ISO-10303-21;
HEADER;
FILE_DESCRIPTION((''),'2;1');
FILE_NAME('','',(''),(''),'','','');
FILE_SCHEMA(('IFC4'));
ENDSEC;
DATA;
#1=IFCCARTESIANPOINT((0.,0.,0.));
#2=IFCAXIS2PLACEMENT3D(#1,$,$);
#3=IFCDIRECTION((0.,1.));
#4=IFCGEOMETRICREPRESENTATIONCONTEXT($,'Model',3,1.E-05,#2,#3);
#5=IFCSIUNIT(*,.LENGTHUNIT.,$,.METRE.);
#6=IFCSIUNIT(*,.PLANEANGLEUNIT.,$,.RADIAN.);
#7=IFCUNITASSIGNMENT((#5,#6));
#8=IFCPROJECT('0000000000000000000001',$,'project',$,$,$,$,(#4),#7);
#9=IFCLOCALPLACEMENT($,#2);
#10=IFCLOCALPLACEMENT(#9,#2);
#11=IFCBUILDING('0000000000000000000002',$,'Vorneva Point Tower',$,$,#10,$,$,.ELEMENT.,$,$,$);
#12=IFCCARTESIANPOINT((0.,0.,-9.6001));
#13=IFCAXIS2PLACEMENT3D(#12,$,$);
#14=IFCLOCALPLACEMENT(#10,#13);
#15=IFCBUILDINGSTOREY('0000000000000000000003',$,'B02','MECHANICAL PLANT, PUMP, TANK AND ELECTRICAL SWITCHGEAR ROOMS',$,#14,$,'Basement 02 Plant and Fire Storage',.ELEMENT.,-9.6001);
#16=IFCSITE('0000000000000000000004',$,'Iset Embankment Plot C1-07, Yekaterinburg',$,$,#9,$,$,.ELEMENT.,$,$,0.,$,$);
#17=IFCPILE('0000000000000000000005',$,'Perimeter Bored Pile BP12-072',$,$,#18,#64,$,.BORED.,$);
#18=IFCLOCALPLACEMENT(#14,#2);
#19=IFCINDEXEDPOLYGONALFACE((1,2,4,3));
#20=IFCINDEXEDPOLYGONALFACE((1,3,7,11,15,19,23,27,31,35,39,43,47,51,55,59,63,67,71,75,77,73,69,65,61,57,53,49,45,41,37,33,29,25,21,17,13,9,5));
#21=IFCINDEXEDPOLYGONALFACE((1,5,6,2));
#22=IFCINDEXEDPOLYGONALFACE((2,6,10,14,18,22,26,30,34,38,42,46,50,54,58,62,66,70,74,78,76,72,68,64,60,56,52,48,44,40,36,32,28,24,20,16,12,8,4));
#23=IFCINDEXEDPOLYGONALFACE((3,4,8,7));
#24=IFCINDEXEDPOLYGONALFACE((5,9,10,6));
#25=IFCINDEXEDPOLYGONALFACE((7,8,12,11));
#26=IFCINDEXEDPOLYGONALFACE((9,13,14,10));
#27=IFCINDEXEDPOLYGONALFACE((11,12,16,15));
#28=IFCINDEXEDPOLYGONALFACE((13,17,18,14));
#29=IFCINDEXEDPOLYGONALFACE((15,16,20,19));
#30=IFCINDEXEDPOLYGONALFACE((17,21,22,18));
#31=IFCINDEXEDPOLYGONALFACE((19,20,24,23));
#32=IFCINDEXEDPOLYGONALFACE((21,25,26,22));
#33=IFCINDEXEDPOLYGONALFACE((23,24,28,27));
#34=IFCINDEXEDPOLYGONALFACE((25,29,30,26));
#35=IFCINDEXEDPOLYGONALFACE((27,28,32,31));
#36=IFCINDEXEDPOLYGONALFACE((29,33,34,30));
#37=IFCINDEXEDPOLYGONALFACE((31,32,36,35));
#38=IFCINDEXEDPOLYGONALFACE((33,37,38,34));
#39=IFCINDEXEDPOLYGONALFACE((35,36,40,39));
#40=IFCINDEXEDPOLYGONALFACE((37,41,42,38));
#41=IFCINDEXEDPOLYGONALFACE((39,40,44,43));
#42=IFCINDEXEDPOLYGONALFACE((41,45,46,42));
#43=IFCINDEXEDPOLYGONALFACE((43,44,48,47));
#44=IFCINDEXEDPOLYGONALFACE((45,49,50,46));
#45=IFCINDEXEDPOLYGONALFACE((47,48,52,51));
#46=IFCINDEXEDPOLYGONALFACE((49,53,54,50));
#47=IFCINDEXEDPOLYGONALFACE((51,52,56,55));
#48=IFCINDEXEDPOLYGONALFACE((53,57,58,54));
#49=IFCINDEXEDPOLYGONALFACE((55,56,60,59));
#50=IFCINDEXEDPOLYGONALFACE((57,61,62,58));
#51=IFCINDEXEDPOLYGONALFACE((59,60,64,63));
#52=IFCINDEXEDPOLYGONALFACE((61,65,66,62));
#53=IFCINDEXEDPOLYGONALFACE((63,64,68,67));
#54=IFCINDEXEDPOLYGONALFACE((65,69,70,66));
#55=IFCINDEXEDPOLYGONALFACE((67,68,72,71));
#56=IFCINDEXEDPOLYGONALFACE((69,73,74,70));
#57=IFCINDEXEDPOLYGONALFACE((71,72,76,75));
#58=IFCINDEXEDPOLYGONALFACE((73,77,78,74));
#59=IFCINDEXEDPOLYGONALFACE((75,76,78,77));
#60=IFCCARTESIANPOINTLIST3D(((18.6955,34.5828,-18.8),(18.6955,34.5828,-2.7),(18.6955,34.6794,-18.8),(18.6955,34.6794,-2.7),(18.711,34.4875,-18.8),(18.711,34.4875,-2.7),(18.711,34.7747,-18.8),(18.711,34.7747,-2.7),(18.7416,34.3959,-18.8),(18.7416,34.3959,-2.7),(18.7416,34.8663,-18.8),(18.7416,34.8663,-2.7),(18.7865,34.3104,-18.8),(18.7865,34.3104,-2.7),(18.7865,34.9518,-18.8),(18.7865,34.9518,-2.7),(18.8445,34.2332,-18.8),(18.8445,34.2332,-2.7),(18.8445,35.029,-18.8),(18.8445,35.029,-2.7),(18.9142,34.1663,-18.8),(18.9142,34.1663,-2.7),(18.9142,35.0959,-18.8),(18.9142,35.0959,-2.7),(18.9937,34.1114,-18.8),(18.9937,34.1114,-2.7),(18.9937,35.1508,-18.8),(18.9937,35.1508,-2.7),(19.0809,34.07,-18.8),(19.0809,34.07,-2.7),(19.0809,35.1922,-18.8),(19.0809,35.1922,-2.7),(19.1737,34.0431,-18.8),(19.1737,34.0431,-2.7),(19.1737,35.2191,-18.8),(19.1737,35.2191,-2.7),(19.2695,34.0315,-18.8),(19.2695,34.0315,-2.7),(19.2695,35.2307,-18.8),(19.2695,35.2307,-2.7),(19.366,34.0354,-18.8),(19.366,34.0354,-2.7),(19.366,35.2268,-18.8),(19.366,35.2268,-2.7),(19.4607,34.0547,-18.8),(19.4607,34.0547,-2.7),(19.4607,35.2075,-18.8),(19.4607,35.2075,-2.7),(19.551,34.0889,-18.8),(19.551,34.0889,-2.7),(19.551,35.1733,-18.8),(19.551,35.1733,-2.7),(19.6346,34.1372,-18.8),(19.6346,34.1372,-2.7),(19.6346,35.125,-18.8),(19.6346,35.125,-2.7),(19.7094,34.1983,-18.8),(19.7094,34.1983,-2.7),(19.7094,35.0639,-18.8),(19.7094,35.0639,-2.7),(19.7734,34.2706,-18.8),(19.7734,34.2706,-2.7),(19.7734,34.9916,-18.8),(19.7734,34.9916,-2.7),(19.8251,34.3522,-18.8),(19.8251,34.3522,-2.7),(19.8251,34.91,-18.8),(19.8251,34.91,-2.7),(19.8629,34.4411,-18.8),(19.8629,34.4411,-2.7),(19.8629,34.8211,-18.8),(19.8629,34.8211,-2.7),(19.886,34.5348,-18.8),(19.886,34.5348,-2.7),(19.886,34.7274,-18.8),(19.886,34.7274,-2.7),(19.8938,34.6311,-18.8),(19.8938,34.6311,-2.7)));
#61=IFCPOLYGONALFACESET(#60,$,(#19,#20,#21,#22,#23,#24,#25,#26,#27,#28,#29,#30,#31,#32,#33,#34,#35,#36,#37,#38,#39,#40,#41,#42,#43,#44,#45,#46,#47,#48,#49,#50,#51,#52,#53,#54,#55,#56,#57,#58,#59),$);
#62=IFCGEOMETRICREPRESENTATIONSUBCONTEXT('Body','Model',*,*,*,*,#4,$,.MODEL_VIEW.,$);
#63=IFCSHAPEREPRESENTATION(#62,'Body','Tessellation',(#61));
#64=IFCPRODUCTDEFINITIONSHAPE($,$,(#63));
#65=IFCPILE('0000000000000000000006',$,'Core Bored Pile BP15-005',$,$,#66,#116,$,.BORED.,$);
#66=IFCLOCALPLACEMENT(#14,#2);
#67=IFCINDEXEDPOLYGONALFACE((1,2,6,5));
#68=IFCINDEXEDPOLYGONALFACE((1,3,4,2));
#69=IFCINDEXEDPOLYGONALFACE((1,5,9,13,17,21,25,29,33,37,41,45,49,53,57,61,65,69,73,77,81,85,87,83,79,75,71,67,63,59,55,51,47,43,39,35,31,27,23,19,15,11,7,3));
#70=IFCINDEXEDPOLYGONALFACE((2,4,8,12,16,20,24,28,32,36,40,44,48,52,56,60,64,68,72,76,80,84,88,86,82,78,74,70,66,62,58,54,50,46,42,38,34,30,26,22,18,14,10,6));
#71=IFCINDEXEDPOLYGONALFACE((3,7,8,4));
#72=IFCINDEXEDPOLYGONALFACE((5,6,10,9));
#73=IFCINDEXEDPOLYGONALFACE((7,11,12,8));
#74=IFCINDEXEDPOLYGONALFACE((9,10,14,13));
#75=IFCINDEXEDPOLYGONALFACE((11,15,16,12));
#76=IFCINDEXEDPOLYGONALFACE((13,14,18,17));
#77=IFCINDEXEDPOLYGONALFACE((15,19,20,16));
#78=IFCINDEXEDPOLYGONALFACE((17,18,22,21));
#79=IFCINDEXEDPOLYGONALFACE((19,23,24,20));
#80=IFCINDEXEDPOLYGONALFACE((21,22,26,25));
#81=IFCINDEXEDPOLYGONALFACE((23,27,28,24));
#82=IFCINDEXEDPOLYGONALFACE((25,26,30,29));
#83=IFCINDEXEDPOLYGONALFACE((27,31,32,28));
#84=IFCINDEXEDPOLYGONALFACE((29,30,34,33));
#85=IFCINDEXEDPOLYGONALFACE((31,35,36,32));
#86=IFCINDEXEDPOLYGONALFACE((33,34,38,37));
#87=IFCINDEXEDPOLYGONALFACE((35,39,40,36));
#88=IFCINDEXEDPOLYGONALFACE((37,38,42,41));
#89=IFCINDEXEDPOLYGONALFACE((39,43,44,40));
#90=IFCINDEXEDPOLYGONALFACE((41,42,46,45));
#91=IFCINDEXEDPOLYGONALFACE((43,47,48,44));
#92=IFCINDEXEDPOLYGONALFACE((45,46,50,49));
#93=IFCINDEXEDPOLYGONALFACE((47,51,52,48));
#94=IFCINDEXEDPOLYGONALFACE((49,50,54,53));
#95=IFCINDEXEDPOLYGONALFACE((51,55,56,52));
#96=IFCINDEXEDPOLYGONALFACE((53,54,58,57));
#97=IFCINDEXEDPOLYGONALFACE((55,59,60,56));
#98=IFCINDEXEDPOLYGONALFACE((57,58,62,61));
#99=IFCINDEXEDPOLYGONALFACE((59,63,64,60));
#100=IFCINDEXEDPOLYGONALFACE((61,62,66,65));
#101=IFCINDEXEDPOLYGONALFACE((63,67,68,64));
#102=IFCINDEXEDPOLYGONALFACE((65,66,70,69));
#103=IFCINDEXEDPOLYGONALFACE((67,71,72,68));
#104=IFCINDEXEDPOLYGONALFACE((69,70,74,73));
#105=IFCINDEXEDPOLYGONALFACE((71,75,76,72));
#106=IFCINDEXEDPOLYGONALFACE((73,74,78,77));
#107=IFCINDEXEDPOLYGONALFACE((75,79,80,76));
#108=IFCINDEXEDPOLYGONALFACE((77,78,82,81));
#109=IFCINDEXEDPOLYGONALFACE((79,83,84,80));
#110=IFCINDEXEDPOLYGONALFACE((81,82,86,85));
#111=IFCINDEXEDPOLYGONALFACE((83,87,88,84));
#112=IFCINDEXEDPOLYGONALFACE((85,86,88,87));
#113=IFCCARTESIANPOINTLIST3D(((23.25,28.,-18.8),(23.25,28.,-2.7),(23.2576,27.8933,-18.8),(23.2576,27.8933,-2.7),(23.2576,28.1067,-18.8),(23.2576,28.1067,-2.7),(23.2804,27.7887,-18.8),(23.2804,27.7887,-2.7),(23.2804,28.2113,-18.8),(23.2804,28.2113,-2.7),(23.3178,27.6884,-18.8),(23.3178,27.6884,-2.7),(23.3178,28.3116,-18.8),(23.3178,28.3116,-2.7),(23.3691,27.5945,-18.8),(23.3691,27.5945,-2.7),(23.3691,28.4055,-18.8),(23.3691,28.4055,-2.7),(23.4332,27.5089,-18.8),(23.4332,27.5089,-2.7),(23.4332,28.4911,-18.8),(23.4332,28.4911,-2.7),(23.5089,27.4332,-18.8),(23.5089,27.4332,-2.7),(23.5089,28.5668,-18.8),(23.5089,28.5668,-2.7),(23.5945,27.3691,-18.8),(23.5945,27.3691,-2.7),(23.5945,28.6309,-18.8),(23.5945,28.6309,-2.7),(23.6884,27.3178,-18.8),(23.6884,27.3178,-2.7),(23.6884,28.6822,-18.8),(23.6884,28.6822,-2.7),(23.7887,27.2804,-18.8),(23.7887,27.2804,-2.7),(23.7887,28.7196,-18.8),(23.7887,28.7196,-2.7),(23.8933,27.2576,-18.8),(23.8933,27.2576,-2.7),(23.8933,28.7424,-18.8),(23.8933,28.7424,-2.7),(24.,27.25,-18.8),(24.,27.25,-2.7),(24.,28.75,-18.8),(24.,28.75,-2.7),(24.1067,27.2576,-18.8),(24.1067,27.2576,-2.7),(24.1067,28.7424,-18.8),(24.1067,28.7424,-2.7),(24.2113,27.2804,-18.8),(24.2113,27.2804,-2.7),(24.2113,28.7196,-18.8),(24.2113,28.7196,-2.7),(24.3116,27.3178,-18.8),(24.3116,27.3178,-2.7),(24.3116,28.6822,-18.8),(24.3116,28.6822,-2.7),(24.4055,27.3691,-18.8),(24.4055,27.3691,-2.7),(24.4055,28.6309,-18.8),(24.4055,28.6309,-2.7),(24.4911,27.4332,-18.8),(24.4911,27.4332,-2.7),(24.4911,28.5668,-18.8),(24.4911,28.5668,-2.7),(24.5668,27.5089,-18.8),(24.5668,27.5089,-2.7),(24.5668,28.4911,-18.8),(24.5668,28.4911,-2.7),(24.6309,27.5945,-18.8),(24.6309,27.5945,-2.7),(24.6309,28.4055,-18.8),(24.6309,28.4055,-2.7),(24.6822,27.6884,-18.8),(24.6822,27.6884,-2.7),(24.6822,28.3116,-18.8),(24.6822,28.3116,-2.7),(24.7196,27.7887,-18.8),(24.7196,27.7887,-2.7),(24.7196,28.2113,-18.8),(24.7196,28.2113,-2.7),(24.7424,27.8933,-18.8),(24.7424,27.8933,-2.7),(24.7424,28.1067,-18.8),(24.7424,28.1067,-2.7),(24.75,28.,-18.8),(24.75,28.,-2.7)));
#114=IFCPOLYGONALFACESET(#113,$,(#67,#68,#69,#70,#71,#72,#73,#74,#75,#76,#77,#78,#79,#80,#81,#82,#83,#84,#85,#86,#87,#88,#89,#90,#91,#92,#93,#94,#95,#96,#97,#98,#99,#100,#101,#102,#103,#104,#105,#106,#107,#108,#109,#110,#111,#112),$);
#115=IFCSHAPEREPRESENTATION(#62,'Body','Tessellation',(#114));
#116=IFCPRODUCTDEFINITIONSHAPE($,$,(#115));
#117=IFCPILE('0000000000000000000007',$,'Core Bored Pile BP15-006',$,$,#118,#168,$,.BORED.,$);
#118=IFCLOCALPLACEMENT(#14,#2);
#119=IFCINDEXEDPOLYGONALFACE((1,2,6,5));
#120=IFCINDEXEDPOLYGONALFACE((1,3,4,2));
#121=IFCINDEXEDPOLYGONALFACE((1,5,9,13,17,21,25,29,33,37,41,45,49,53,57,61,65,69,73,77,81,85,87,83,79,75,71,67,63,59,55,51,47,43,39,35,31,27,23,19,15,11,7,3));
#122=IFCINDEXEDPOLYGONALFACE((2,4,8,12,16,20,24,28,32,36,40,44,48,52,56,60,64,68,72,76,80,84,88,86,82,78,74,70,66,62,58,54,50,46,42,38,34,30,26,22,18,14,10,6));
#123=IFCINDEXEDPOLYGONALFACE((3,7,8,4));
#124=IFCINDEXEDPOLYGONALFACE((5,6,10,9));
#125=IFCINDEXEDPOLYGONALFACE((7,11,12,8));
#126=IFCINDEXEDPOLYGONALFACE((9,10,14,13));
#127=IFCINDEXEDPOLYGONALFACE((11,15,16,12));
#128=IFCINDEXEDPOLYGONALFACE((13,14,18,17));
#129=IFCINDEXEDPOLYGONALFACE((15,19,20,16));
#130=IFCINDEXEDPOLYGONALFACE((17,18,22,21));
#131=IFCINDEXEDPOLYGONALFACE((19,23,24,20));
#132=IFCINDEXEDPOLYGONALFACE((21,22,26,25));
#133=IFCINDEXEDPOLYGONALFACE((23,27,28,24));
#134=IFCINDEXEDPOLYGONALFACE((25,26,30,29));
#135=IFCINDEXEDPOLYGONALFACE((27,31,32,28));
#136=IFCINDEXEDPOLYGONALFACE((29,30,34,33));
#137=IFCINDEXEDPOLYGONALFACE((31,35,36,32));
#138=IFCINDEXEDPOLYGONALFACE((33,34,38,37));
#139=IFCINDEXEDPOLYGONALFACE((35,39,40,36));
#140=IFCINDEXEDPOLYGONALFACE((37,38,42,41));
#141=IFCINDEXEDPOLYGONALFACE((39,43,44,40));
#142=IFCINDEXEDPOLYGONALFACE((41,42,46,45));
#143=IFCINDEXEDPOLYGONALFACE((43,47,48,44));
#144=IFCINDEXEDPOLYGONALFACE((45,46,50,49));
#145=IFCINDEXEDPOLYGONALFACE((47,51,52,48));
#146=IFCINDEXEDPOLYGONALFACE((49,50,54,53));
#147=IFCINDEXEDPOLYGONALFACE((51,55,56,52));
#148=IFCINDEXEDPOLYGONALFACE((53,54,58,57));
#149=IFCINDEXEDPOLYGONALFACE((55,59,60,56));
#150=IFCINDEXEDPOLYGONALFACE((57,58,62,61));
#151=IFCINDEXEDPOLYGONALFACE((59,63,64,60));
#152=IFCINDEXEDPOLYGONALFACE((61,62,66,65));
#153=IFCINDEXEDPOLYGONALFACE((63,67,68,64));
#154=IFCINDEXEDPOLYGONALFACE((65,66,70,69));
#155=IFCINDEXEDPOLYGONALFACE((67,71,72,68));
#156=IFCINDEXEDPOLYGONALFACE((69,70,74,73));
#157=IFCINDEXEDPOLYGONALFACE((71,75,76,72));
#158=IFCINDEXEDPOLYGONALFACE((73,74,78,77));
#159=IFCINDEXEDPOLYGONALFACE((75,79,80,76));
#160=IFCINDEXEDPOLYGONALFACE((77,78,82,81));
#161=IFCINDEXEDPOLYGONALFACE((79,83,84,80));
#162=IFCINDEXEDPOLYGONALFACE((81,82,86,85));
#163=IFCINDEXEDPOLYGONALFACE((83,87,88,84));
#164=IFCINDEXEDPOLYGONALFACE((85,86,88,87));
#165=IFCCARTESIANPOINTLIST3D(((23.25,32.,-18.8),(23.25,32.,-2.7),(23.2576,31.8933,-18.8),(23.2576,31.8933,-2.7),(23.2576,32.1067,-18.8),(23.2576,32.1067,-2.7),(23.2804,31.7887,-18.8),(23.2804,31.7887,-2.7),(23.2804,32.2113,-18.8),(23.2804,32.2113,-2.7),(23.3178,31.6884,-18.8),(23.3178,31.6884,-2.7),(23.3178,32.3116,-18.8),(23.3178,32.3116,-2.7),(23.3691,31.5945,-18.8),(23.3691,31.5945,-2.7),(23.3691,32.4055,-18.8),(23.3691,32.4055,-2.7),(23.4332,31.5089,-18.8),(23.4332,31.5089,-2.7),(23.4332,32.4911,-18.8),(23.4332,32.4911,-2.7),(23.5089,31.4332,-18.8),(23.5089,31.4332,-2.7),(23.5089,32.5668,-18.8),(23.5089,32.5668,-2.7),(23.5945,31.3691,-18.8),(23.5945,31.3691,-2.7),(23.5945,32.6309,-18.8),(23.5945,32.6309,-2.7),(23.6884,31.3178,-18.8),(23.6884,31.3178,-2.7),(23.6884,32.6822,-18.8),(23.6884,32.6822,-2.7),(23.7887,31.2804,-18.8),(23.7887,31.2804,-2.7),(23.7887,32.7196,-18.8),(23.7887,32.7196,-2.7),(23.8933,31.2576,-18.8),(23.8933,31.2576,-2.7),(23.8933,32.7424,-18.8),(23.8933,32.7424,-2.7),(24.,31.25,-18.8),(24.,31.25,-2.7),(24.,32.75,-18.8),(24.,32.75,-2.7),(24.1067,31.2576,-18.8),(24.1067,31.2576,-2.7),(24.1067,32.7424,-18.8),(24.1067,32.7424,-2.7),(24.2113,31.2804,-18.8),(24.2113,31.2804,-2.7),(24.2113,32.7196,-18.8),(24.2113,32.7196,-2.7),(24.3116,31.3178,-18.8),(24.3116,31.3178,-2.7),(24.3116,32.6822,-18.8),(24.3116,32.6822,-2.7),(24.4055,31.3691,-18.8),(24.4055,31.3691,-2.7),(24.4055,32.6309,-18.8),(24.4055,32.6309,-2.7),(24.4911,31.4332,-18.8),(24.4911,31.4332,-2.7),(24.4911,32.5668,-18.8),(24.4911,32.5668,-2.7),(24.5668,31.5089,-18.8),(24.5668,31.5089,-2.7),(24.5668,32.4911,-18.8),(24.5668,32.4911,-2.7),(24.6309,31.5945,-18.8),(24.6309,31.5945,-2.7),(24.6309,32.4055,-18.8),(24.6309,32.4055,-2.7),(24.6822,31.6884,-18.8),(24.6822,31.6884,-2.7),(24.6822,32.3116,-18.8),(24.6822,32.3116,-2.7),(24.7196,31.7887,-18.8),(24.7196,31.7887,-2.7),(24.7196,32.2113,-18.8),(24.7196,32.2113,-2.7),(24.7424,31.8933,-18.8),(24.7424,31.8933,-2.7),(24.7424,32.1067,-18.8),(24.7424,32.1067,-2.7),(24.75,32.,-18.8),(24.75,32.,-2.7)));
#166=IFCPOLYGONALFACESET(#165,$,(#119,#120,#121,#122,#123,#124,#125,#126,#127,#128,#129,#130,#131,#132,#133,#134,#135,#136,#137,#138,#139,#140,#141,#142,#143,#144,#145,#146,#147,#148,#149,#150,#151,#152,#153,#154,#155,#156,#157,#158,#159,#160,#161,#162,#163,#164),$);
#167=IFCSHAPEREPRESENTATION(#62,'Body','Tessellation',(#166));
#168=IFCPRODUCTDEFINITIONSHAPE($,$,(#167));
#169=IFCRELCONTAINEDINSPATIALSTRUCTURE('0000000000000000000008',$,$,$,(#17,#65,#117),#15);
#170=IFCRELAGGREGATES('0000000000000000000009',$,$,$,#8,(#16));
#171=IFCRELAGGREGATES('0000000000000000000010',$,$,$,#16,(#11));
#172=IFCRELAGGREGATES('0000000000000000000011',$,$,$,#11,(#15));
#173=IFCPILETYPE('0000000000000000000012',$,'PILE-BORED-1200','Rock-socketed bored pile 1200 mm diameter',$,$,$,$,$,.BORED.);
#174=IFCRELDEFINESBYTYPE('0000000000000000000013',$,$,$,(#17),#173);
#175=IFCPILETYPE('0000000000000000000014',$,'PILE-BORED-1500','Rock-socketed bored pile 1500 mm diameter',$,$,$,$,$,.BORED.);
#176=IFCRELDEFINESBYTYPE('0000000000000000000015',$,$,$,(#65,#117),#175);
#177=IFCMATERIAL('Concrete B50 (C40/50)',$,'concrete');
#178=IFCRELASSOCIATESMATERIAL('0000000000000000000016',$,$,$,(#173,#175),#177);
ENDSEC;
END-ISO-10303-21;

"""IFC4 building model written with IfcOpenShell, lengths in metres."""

from ifc_helpers import new_model, si_unit, direction, frame, origin, origin_2d, place, context, subcontext, project, spatial, circle, extrude, material, material_profile, profile_set, type_object, element, save


model = new_model("IFC4")

# Units and contexts
model_context = context("Model", 3, precision=1e-05, world=origin(), true_north=direction((0.0, 1.0)))
body_context = subcontext(model_context, "Body", "Model", "MODEL_VIEW")
ifc_project = project(units=[si_unit("LENGTHUNIT", "METRE"), si_unit("PLANEANGLEUNIT", "RADIAN")], contexts=[model_context])

# Site, building, storey
site_placement = place(None, origin())
site = spatial("IfcSite", under=ifc_project, at=site_placement, Name="Iset Embankment Plot C1-07, Yekaterinburg", CompositionType="ELEMENT", RefElevation=0.0)
building_placement = place(site_placement, origin())
building = spatial("IfcBuilding", under=site, at=building_placement, Name="Vorneva Point Tower", CompositionType="ELEMENT")
storey_placement = place(building_placement, frame((0.0, 0.0, -9.6001)))
storey = spatial("IfcBuildingStorey", under=building, at=storey_placement, Name="B02", Description="MECHANICAL PLANT, PUMP, TANK AND ELECTRICAL SWITCHGEAR ROOMS", LongName="Basement 02 Plant and Fire Storage", CompositionType="ELEMENT", Elevation=-9.6001)

# Piles
ifc_material_1 = material(Name="Concrete B50 (C40/50)", Category="concrete")
ifc_material_profile_1 = material_profile(ifc_material_1, circle(Radius=0.6001, at=origin_2d()), Name="PILE-1200")
ifc_profile_set_1 = profile_set([ifc_material_profile_1], Name="Concrete B50 (C40/50)")
pile_type_1 = type_object("IfcPileType", Name="PILE-BORED-1200", Description="Rock-socketed bored pile 1200 mm diameter", PredefinedType="BORED", material=ifc_profile_set_1)
for number, where, z_axis, x_axis, name in (
    (1, (19.2937, 34.6311, -2.7), (0.0, 0.0, -1.0), (1.0, 0.0, 0.0), "Perimeter Bored Pile BP12-072"),
):
    element("IfcPile", number, at=place(storey_placement, frame(where, z_axis=z_axis, x_axis=x_axis)), inside=storey, type_object=pile_type_1, Name=name, PredefinedType="BORED", context=body_context, shape_type="SweptSolid", body=[
        extrude(circle(Radius=0.6001, at=origin_2d()), origin(), (0.0, 0.0, 1.0), 16.1001),
    ])
ifc_material_profile_2 = material_profile(ifc_material_1, circle(Radius=0.75, at=origin_2d()), Name="PILE-1500")
ifc_profile_set_2 = profile_set([ifc_material_profile_2], Name="Concrete B50 (C40/50)")
pile_type_2 = type_object("IfcPileType", Name="PILE-BORED-1500", Description="Rock-socketed bored pile 1500 mm diameter", PredefinedType="BORED", material=ifc_profile_set_2)
for number, where, z_axis, x_axis, name in (
    (2, (24.0, 28.0, -2.7), (0.0, 0.0, -1.0), (1.0, 0.0, 0.0), "Core Bored Pile BP15-005"),
    (3, (24.0, 32.0, -2.7), (0.0, 0.0, -1.0), (1.0, 0.0, 0.0), "Core Bored Pile BP15-006"),
):
    element("IfcPile", number, at=place(storey_placement, frame(where, z_axis=z_axis, x_axis=x_axis)), inside=storey, type_object=pile_type_2, Name=name, PredefinedType="BORED", context=body_context, shape_type="SweptSolid", body=[
        extrude(circle(Radius=0.75, at=origin_2d()), origin(), (0.0, 0.0, 1.0), 16.1001),
    ])

save(model, "model.ifc")
